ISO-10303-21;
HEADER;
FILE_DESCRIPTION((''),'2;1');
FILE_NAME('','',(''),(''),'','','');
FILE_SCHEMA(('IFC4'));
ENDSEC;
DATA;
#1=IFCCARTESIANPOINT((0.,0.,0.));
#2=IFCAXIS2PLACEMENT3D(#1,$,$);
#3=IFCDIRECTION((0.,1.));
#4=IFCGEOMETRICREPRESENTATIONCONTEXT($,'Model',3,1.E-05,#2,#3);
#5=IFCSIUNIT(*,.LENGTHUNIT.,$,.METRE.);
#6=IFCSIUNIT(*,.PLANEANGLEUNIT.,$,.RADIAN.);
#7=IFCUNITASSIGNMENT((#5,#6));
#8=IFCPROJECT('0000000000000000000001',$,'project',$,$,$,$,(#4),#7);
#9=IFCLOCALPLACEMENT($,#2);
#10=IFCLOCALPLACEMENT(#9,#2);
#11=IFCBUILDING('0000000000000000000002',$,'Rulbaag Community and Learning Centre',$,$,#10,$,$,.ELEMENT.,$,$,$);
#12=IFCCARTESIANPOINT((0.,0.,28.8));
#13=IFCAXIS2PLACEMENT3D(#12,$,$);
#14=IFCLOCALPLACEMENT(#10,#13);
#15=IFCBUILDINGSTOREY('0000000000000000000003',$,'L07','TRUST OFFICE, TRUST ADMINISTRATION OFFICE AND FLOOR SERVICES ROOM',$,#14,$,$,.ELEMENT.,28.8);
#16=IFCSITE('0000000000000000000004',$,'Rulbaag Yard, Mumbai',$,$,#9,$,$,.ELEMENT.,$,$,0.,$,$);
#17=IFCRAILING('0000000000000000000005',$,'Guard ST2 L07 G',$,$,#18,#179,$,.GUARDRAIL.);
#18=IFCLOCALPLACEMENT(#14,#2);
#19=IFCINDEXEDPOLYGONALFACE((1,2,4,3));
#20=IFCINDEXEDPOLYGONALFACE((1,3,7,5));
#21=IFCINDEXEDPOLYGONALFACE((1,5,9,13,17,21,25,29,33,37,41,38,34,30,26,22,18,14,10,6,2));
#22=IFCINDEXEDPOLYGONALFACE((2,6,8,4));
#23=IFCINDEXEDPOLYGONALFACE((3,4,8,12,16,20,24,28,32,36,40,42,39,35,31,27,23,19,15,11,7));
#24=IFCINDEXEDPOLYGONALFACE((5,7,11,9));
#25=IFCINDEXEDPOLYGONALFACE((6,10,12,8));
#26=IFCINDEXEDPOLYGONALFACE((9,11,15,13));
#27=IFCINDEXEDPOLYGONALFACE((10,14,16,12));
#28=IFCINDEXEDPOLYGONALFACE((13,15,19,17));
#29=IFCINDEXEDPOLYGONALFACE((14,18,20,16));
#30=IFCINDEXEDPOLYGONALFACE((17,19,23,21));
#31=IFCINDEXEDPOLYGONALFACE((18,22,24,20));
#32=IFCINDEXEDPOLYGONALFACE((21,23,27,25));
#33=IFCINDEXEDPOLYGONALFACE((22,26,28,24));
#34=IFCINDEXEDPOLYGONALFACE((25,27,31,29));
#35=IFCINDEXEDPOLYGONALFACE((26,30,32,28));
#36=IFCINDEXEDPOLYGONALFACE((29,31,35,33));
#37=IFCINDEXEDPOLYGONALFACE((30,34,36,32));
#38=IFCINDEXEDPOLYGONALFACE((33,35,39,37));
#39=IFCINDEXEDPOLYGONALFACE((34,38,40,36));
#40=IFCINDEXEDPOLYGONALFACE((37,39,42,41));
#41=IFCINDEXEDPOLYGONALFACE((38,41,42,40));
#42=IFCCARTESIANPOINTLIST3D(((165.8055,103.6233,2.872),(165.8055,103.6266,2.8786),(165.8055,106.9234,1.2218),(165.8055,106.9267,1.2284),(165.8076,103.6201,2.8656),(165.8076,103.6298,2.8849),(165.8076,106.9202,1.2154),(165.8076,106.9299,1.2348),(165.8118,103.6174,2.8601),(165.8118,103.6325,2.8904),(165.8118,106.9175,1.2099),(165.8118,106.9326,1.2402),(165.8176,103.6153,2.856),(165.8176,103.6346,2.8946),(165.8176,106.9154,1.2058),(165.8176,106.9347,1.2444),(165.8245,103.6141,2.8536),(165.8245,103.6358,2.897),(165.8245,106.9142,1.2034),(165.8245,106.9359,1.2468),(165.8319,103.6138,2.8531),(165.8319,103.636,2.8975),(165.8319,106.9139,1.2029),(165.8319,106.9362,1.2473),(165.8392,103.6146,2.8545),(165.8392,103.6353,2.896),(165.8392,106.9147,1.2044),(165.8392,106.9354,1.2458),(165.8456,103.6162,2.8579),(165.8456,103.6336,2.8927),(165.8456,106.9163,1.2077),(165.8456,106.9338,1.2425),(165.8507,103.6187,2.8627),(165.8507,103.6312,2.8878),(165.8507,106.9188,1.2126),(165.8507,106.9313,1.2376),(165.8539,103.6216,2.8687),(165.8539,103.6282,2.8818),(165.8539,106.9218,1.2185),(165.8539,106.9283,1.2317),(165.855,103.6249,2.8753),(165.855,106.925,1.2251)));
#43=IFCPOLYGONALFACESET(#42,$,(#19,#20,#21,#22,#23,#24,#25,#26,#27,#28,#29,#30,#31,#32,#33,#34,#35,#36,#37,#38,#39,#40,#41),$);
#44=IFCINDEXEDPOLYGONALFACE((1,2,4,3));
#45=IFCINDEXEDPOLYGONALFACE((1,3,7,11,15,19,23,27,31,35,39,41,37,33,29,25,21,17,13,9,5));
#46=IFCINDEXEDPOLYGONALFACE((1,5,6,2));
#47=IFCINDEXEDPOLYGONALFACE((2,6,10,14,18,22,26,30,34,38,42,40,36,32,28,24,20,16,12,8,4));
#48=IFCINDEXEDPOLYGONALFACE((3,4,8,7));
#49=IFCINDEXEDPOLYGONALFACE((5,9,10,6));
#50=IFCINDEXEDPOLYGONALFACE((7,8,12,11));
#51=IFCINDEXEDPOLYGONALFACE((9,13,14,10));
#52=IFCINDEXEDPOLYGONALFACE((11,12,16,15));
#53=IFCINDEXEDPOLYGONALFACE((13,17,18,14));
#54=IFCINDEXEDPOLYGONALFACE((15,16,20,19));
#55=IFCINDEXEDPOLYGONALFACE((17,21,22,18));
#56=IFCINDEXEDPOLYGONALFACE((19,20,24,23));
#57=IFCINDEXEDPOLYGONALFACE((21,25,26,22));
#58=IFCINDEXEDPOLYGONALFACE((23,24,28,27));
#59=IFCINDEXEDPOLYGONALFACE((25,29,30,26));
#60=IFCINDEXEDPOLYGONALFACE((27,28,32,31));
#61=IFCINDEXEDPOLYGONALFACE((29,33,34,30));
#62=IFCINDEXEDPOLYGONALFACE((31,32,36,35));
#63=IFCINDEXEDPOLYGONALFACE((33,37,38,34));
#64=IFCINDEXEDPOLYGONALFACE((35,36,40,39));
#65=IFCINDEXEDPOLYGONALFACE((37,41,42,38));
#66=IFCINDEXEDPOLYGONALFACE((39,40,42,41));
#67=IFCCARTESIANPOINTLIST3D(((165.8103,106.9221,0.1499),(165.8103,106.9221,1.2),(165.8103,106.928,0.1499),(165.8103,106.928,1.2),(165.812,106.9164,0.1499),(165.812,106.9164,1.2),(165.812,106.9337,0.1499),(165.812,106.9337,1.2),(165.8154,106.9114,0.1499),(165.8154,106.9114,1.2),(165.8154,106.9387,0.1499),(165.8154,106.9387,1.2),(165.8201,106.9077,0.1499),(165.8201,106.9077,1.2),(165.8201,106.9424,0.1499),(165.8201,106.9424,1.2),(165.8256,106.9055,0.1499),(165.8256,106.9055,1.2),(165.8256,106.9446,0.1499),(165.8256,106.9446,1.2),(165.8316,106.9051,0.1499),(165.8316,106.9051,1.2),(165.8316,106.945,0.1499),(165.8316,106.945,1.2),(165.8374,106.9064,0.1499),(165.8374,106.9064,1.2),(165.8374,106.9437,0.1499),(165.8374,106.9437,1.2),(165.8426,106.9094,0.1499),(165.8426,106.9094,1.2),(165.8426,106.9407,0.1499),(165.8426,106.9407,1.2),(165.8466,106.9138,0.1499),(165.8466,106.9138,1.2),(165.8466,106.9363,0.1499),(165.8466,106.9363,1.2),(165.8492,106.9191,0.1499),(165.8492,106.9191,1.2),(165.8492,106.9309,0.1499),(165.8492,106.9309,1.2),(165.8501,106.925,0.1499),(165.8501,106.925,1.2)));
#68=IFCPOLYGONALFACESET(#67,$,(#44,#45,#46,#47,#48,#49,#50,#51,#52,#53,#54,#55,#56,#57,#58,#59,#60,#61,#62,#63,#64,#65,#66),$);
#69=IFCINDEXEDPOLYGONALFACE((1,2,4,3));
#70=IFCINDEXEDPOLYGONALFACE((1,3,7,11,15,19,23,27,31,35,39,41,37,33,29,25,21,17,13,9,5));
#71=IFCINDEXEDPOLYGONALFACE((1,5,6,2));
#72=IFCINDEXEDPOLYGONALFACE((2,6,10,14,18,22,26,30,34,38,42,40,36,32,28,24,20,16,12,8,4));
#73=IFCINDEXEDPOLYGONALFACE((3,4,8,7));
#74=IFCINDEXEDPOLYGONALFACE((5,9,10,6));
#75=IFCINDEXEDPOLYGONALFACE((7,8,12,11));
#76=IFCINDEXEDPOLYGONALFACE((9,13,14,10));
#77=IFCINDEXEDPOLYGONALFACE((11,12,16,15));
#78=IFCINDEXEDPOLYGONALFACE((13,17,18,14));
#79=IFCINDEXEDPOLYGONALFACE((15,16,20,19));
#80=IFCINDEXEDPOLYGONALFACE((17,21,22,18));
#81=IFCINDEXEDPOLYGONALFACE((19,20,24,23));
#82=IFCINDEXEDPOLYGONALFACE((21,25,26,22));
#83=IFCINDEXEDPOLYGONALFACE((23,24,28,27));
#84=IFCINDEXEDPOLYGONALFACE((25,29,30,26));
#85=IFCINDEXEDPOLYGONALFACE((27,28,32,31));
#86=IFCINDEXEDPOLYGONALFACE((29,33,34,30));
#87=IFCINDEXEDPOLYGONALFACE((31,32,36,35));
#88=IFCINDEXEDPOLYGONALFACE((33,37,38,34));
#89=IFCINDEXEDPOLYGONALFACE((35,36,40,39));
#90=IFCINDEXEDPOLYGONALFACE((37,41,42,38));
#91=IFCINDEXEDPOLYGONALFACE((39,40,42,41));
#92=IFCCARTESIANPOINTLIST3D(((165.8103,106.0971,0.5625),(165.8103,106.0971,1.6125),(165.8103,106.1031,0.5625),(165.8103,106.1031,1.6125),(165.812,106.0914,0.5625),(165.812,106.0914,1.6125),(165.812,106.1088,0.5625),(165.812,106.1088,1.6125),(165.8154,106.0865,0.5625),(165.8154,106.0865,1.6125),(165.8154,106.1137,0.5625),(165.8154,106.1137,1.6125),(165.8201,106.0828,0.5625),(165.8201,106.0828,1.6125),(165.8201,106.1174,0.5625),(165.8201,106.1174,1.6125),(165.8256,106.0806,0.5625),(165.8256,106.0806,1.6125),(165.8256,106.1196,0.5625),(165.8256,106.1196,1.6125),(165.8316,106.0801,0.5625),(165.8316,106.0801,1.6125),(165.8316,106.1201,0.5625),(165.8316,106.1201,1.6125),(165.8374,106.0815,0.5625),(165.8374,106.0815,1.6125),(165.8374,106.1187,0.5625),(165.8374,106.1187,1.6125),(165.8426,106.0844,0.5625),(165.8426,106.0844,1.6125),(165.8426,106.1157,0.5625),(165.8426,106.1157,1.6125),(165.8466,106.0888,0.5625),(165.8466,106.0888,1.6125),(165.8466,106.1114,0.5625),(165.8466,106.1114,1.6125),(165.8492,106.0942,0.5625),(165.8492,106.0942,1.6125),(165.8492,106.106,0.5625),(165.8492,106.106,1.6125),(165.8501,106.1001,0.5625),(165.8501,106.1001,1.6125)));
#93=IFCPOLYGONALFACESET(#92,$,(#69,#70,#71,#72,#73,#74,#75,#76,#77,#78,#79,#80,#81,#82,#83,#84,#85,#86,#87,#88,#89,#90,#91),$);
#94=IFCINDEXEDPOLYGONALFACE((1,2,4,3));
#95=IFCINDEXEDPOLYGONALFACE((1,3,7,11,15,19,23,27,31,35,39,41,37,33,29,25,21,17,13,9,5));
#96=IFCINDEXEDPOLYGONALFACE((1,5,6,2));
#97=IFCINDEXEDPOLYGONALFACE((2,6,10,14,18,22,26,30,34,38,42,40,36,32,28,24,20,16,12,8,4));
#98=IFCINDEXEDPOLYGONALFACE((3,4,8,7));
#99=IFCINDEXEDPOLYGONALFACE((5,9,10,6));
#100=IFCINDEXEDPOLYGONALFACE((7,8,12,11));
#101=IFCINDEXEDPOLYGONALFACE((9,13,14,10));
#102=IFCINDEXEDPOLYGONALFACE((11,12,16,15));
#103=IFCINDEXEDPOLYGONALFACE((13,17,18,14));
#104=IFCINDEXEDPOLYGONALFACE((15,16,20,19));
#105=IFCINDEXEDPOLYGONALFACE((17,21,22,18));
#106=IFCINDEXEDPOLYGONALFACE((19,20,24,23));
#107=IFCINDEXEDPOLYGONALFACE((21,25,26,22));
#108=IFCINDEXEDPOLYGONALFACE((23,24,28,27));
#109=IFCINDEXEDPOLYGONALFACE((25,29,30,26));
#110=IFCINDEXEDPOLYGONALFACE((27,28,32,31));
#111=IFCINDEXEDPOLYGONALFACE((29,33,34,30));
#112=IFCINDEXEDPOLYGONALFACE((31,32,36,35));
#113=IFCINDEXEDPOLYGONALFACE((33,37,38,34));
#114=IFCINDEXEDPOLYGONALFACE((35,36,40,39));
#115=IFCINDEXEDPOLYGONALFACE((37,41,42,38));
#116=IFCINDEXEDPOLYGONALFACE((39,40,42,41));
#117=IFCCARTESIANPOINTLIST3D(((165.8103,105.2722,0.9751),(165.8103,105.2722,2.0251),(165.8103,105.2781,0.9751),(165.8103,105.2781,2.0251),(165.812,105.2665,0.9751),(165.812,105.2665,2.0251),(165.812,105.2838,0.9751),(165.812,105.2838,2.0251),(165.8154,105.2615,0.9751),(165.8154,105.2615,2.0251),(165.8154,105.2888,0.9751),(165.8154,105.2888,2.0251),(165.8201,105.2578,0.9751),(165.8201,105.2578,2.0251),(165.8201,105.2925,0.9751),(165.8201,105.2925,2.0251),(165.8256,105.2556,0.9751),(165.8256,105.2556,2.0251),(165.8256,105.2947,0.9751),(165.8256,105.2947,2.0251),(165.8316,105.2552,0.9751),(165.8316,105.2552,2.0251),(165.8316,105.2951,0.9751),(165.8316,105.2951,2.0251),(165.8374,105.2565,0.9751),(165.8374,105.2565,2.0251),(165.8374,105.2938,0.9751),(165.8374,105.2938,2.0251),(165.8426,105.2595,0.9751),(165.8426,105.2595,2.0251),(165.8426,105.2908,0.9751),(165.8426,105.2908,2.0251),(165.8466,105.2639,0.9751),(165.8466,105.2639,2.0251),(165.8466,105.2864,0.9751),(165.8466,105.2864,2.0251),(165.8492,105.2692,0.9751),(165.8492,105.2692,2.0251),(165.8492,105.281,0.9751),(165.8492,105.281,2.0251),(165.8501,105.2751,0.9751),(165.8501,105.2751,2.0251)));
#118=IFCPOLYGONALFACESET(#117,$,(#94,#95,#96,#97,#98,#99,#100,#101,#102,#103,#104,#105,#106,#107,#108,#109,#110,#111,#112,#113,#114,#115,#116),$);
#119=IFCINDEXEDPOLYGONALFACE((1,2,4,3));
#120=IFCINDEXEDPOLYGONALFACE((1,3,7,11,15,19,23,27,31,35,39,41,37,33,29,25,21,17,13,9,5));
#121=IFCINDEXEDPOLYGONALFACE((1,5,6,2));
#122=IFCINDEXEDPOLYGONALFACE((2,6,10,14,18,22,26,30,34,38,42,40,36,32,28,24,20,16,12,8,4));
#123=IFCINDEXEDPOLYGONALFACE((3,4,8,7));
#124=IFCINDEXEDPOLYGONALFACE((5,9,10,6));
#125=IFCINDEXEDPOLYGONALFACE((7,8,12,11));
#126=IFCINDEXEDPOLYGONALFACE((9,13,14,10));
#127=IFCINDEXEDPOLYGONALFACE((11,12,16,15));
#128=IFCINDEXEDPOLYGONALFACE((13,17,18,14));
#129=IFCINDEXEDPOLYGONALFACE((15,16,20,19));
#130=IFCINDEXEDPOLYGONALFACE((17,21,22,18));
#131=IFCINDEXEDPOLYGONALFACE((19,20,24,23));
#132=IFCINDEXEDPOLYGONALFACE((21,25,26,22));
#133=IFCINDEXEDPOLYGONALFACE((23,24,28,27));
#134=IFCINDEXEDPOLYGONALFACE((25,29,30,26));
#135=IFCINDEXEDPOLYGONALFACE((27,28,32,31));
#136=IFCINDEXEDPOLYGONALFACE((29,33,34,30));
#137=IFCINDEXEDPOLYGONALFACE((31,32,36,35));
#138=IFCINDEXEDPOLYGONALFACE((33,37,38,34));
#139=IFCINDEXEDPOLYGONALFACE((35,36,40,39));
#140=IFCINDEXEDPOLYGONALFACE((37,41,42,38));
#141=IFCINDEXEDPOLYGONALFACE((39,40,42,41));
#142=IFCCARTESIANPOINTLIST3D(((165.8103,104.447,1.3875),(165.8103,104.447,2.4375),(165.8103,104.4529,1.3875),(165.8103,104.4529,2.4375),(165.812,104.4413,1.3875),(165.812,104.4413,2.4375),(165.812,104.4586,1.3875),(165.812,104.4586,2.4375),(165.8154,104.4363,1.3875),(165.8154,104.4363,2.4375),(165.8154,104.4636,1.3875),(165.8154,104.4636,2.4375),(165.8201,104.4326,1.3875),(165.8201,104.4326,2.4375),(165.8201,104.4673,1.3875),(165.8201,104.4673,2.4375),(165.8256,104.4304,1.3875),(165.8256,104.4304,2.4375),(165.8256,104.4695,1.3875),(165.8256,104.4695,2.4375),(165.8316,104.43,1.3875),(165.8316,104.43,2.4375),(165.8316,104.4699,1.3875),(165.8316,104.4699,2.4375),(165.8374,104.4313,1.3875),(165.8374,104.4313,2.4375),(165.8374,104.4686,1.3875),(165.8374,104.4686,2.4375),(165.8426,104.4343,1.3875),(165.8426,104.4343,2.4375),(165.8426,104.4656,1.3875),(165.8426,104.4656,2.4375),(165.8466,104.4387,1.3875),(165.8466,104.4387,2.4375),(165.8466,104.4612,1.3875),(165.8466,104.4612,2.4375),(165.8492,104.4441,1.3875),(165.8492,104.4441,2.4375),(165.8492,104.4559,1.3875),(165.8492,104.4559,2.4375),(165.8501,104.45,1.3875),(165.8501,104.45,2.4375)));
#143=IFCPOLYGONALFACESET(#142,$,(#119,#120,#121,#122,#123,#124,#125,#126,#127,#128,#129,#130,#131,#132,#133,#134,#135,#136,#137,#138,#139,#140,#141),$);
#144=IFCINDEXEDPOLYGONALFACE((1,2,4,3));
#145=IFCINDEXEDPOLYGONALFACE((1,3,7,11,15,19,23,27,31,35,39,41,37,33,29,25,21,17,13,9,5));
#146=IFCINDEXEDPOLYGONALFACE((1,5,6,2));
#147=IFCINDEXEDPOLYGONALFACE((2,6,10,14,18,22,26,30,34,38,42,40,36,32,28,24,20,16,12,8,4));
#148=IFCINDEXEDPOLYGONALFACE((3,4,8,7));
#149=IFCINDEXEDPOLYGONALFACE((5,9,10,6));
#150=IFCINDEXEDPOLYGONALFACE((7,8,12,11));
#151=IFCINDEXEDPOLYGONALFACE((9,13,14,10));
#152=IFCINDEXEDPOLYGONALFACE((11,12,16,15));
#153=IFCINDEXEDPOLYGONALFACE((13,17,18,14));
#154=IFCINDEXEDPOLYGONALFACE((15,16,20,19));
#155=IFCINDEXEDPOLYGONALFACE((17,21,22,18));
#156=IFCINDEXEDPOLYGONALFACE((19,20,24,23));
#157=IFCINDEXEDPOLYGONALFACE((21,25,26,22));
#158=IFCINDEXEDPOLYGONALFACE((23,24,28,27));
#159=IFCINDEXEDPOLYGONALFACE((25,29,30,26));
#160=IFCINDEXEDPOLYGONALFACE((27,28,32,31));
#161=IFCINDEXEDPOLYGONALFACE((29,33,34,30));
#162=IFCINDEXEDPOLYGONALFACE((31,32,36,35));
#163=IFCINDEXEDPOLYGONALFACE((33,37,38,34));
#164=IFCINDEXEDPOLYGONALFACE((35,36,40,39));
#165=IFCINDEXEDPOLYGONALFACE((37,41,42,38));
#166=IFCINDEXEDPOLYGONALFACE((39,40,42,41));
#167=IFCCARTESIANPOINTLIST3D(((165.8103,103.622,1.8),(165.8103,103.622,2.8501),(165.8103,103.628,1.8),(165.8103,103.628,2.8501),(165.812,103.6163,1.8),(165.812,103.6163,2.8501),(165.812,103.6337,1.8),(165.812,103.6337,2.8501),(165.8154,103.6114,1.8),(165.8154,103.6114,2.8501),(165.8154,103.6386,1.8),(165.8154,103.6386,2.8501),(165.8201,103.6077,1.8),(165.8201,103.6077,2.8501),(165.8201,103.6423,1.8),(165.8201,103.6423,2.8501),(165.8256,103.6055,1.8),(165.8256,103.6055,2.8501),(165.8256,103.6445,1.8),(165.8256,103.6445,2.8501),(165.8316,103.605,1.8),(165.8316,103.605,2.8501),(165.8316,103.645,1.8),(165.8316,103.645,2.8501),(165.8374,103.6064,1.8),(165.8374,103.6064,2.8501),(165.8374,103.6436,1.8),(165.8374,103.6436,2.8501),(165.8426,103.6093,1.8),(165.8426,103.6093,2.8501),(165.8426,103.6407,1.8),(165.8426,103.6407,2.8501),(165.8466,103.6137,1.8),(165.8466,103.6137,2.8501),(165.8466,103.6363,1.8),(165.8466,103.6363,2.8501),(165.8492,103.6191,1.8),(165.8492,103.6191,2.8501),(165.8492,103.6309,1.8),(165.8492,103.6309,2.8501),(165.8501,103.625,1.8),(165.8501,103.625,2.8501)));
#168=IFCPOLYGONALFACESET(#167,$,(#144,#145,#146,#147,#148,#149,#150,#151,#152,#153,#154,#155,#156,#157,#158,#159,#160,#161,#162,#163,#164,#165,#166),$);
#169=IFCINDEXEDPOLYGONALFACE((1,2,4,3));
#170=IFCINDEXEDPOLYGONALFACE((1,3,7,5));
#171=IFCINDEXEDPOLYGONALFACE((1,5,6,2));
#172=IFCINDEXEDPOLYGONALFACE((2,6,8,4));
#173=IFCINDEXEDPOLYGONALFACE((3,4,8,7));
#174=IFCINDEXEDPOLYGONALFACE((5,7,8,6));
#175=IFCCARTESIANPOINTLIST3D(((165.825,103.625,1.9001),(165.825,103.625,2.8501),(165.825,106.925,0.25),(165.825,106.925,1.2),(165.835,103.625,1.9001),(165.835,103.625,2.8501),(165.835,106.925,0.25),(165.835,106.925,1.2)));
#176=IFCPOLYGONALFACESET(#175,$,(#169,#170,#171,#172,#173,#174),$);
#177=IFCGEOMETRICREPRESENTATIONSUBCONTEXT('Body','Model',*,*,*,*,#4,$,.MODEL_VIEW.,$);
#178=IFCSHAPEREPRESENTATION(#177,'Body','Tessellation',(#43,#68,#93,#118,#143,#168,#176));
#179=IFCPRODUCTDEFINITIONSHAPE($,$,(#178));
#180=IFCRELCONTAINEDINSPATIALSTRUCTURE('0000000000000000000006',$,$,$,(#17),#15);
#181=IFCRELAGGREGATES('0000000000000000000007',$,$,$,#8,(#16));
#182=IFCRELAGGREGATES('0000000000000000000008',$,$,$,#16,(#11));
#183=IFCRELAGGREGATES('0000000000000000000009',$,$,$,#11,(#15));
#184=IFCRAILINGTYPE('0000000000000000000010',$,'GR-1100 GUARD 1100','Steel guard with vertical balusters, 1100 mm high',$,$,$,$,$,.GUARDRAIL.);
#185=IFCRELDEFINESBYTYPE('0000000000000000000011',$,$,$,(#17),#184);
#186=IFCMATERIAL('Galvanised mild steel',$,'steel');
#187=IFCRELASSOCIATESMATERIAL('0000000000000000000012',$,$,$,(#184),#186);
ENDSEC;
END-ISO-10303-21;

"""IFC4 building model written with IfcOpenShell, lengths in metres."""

from ifc_helpers import new_model, si_unit, direction, frame, origin, origin_2d, place, context, subcontext, project, spatial, polyline, circle, outline, extrude, material, type_object, element, save


model = new_model("IFC4")

# Units and contexts
model_context = context("Model", 3, precision=1e-05, world=origin(), true_north=direction((0.0, 1.0)))
body_context = subcontext(model_context, "Body", "Model", "MODEL_VIEW")
ifc_project = project(units=[si_unit("LENGTHUNIT", "METRE"), si_unit("PLANEANGLEUNIT", "RADIAN")], contexts=[model_context])

# Site, building, storey
site_placement = place(None, origin())
site = spatial("IfcSite", under=ifc_project, at=site_placement, Name="Rulbaag Yard, Mumbai", CompositionType="ELEMENT", RefElevation=0.0)
building_placement = place(site_placement, origin())
building = spatial("IfcBuilding", under=site, at=building_placement, Name="Rulbaag Community and Learning Centre", CompositionType="ELEMENT")
storey_placement = place(building_placement, frame((0.0, 0.0, 28.8)))
storey = spatial("IfcBuildingStorey", under=building, at=storey_placement, Name="L07", Description="TRUST OFFICE, TRUST ADMINISTRATION OFFICE AND FLOOR SERVICES ROOM", CompositionType="ELEMENT", Elevation=28.8)

# Railing
ifc_material_1 = material(Name="Galvanised mild steel", Category="steel")
railing_type_1 = type_object("IfcRailingType", Name="GR-1100 GUARD 1100", Description="Steel guard with vertical balusters, 1100 mm high", PredefinedType="GUARDRAIL", material=ifc_material_1)
railing_1_placement = place(storey_placement, frame((165.8301, 106.925, 0.1499)))
element("IfcRailing", 1, at=railing_1_placement, inside=storey, type_object=railing_type_1, Name="Guard ST2 L07 G", PredefinedType="GUARDRAIL", context=body_context, shape_type="SweptSolid", body=[
    extrude(circle(Radius=0.0249, at=origin_2d()), frame((0.0, 0.0, 1.0752), z_axis=(0.0, -0.894414, 0.44724), x_axis=(1.0, 0.0, 0.0)), (0.0, 0.0, 1.0), 3.6897),
    extrude(circle(Radius=0.02, at=origin_2d()), origin(), (0.0, 0.0, 1.0), 1.05),
    extrude(circle(Radius=0.02, at=origin_2d()), frame((0.0, -0.825, 0.4126)), (0.0, 0.0, 1.0), 1.05),
    extrude(circle(Radius=0.02, at=origin_2d()), frame((0.0, -1.6499, 0.8252)), (0.0, 0.0, 1.0), 1.05),
    extrude(circle(Radius=0.02, at=origin_2d()), frame((0.0, -2.4751, 1.2375)), (0.0, 0.0, 1.0), 1.05),
    extrude(circle(Radius=0.02, at=origin_2d()), frame((0.0, -3.3, 1.6501)), (0.0, 0.0, 1.0), 1.05),
    extrude(outline(polyline([(0.0, 0.0), (3.3, 1.6501), (3.3, 2.6001), (0.0, 0.95), (0.0, 0.0)])), frame((0.0049, 0.0, 0.1001), z_axis=(-1.0, 0.0, 0.0), x_axis=(0.0, -1.0, 0.0)), (0.0, 0.0, 1.0), 0.01),
])

save(model, "model.ifc")
